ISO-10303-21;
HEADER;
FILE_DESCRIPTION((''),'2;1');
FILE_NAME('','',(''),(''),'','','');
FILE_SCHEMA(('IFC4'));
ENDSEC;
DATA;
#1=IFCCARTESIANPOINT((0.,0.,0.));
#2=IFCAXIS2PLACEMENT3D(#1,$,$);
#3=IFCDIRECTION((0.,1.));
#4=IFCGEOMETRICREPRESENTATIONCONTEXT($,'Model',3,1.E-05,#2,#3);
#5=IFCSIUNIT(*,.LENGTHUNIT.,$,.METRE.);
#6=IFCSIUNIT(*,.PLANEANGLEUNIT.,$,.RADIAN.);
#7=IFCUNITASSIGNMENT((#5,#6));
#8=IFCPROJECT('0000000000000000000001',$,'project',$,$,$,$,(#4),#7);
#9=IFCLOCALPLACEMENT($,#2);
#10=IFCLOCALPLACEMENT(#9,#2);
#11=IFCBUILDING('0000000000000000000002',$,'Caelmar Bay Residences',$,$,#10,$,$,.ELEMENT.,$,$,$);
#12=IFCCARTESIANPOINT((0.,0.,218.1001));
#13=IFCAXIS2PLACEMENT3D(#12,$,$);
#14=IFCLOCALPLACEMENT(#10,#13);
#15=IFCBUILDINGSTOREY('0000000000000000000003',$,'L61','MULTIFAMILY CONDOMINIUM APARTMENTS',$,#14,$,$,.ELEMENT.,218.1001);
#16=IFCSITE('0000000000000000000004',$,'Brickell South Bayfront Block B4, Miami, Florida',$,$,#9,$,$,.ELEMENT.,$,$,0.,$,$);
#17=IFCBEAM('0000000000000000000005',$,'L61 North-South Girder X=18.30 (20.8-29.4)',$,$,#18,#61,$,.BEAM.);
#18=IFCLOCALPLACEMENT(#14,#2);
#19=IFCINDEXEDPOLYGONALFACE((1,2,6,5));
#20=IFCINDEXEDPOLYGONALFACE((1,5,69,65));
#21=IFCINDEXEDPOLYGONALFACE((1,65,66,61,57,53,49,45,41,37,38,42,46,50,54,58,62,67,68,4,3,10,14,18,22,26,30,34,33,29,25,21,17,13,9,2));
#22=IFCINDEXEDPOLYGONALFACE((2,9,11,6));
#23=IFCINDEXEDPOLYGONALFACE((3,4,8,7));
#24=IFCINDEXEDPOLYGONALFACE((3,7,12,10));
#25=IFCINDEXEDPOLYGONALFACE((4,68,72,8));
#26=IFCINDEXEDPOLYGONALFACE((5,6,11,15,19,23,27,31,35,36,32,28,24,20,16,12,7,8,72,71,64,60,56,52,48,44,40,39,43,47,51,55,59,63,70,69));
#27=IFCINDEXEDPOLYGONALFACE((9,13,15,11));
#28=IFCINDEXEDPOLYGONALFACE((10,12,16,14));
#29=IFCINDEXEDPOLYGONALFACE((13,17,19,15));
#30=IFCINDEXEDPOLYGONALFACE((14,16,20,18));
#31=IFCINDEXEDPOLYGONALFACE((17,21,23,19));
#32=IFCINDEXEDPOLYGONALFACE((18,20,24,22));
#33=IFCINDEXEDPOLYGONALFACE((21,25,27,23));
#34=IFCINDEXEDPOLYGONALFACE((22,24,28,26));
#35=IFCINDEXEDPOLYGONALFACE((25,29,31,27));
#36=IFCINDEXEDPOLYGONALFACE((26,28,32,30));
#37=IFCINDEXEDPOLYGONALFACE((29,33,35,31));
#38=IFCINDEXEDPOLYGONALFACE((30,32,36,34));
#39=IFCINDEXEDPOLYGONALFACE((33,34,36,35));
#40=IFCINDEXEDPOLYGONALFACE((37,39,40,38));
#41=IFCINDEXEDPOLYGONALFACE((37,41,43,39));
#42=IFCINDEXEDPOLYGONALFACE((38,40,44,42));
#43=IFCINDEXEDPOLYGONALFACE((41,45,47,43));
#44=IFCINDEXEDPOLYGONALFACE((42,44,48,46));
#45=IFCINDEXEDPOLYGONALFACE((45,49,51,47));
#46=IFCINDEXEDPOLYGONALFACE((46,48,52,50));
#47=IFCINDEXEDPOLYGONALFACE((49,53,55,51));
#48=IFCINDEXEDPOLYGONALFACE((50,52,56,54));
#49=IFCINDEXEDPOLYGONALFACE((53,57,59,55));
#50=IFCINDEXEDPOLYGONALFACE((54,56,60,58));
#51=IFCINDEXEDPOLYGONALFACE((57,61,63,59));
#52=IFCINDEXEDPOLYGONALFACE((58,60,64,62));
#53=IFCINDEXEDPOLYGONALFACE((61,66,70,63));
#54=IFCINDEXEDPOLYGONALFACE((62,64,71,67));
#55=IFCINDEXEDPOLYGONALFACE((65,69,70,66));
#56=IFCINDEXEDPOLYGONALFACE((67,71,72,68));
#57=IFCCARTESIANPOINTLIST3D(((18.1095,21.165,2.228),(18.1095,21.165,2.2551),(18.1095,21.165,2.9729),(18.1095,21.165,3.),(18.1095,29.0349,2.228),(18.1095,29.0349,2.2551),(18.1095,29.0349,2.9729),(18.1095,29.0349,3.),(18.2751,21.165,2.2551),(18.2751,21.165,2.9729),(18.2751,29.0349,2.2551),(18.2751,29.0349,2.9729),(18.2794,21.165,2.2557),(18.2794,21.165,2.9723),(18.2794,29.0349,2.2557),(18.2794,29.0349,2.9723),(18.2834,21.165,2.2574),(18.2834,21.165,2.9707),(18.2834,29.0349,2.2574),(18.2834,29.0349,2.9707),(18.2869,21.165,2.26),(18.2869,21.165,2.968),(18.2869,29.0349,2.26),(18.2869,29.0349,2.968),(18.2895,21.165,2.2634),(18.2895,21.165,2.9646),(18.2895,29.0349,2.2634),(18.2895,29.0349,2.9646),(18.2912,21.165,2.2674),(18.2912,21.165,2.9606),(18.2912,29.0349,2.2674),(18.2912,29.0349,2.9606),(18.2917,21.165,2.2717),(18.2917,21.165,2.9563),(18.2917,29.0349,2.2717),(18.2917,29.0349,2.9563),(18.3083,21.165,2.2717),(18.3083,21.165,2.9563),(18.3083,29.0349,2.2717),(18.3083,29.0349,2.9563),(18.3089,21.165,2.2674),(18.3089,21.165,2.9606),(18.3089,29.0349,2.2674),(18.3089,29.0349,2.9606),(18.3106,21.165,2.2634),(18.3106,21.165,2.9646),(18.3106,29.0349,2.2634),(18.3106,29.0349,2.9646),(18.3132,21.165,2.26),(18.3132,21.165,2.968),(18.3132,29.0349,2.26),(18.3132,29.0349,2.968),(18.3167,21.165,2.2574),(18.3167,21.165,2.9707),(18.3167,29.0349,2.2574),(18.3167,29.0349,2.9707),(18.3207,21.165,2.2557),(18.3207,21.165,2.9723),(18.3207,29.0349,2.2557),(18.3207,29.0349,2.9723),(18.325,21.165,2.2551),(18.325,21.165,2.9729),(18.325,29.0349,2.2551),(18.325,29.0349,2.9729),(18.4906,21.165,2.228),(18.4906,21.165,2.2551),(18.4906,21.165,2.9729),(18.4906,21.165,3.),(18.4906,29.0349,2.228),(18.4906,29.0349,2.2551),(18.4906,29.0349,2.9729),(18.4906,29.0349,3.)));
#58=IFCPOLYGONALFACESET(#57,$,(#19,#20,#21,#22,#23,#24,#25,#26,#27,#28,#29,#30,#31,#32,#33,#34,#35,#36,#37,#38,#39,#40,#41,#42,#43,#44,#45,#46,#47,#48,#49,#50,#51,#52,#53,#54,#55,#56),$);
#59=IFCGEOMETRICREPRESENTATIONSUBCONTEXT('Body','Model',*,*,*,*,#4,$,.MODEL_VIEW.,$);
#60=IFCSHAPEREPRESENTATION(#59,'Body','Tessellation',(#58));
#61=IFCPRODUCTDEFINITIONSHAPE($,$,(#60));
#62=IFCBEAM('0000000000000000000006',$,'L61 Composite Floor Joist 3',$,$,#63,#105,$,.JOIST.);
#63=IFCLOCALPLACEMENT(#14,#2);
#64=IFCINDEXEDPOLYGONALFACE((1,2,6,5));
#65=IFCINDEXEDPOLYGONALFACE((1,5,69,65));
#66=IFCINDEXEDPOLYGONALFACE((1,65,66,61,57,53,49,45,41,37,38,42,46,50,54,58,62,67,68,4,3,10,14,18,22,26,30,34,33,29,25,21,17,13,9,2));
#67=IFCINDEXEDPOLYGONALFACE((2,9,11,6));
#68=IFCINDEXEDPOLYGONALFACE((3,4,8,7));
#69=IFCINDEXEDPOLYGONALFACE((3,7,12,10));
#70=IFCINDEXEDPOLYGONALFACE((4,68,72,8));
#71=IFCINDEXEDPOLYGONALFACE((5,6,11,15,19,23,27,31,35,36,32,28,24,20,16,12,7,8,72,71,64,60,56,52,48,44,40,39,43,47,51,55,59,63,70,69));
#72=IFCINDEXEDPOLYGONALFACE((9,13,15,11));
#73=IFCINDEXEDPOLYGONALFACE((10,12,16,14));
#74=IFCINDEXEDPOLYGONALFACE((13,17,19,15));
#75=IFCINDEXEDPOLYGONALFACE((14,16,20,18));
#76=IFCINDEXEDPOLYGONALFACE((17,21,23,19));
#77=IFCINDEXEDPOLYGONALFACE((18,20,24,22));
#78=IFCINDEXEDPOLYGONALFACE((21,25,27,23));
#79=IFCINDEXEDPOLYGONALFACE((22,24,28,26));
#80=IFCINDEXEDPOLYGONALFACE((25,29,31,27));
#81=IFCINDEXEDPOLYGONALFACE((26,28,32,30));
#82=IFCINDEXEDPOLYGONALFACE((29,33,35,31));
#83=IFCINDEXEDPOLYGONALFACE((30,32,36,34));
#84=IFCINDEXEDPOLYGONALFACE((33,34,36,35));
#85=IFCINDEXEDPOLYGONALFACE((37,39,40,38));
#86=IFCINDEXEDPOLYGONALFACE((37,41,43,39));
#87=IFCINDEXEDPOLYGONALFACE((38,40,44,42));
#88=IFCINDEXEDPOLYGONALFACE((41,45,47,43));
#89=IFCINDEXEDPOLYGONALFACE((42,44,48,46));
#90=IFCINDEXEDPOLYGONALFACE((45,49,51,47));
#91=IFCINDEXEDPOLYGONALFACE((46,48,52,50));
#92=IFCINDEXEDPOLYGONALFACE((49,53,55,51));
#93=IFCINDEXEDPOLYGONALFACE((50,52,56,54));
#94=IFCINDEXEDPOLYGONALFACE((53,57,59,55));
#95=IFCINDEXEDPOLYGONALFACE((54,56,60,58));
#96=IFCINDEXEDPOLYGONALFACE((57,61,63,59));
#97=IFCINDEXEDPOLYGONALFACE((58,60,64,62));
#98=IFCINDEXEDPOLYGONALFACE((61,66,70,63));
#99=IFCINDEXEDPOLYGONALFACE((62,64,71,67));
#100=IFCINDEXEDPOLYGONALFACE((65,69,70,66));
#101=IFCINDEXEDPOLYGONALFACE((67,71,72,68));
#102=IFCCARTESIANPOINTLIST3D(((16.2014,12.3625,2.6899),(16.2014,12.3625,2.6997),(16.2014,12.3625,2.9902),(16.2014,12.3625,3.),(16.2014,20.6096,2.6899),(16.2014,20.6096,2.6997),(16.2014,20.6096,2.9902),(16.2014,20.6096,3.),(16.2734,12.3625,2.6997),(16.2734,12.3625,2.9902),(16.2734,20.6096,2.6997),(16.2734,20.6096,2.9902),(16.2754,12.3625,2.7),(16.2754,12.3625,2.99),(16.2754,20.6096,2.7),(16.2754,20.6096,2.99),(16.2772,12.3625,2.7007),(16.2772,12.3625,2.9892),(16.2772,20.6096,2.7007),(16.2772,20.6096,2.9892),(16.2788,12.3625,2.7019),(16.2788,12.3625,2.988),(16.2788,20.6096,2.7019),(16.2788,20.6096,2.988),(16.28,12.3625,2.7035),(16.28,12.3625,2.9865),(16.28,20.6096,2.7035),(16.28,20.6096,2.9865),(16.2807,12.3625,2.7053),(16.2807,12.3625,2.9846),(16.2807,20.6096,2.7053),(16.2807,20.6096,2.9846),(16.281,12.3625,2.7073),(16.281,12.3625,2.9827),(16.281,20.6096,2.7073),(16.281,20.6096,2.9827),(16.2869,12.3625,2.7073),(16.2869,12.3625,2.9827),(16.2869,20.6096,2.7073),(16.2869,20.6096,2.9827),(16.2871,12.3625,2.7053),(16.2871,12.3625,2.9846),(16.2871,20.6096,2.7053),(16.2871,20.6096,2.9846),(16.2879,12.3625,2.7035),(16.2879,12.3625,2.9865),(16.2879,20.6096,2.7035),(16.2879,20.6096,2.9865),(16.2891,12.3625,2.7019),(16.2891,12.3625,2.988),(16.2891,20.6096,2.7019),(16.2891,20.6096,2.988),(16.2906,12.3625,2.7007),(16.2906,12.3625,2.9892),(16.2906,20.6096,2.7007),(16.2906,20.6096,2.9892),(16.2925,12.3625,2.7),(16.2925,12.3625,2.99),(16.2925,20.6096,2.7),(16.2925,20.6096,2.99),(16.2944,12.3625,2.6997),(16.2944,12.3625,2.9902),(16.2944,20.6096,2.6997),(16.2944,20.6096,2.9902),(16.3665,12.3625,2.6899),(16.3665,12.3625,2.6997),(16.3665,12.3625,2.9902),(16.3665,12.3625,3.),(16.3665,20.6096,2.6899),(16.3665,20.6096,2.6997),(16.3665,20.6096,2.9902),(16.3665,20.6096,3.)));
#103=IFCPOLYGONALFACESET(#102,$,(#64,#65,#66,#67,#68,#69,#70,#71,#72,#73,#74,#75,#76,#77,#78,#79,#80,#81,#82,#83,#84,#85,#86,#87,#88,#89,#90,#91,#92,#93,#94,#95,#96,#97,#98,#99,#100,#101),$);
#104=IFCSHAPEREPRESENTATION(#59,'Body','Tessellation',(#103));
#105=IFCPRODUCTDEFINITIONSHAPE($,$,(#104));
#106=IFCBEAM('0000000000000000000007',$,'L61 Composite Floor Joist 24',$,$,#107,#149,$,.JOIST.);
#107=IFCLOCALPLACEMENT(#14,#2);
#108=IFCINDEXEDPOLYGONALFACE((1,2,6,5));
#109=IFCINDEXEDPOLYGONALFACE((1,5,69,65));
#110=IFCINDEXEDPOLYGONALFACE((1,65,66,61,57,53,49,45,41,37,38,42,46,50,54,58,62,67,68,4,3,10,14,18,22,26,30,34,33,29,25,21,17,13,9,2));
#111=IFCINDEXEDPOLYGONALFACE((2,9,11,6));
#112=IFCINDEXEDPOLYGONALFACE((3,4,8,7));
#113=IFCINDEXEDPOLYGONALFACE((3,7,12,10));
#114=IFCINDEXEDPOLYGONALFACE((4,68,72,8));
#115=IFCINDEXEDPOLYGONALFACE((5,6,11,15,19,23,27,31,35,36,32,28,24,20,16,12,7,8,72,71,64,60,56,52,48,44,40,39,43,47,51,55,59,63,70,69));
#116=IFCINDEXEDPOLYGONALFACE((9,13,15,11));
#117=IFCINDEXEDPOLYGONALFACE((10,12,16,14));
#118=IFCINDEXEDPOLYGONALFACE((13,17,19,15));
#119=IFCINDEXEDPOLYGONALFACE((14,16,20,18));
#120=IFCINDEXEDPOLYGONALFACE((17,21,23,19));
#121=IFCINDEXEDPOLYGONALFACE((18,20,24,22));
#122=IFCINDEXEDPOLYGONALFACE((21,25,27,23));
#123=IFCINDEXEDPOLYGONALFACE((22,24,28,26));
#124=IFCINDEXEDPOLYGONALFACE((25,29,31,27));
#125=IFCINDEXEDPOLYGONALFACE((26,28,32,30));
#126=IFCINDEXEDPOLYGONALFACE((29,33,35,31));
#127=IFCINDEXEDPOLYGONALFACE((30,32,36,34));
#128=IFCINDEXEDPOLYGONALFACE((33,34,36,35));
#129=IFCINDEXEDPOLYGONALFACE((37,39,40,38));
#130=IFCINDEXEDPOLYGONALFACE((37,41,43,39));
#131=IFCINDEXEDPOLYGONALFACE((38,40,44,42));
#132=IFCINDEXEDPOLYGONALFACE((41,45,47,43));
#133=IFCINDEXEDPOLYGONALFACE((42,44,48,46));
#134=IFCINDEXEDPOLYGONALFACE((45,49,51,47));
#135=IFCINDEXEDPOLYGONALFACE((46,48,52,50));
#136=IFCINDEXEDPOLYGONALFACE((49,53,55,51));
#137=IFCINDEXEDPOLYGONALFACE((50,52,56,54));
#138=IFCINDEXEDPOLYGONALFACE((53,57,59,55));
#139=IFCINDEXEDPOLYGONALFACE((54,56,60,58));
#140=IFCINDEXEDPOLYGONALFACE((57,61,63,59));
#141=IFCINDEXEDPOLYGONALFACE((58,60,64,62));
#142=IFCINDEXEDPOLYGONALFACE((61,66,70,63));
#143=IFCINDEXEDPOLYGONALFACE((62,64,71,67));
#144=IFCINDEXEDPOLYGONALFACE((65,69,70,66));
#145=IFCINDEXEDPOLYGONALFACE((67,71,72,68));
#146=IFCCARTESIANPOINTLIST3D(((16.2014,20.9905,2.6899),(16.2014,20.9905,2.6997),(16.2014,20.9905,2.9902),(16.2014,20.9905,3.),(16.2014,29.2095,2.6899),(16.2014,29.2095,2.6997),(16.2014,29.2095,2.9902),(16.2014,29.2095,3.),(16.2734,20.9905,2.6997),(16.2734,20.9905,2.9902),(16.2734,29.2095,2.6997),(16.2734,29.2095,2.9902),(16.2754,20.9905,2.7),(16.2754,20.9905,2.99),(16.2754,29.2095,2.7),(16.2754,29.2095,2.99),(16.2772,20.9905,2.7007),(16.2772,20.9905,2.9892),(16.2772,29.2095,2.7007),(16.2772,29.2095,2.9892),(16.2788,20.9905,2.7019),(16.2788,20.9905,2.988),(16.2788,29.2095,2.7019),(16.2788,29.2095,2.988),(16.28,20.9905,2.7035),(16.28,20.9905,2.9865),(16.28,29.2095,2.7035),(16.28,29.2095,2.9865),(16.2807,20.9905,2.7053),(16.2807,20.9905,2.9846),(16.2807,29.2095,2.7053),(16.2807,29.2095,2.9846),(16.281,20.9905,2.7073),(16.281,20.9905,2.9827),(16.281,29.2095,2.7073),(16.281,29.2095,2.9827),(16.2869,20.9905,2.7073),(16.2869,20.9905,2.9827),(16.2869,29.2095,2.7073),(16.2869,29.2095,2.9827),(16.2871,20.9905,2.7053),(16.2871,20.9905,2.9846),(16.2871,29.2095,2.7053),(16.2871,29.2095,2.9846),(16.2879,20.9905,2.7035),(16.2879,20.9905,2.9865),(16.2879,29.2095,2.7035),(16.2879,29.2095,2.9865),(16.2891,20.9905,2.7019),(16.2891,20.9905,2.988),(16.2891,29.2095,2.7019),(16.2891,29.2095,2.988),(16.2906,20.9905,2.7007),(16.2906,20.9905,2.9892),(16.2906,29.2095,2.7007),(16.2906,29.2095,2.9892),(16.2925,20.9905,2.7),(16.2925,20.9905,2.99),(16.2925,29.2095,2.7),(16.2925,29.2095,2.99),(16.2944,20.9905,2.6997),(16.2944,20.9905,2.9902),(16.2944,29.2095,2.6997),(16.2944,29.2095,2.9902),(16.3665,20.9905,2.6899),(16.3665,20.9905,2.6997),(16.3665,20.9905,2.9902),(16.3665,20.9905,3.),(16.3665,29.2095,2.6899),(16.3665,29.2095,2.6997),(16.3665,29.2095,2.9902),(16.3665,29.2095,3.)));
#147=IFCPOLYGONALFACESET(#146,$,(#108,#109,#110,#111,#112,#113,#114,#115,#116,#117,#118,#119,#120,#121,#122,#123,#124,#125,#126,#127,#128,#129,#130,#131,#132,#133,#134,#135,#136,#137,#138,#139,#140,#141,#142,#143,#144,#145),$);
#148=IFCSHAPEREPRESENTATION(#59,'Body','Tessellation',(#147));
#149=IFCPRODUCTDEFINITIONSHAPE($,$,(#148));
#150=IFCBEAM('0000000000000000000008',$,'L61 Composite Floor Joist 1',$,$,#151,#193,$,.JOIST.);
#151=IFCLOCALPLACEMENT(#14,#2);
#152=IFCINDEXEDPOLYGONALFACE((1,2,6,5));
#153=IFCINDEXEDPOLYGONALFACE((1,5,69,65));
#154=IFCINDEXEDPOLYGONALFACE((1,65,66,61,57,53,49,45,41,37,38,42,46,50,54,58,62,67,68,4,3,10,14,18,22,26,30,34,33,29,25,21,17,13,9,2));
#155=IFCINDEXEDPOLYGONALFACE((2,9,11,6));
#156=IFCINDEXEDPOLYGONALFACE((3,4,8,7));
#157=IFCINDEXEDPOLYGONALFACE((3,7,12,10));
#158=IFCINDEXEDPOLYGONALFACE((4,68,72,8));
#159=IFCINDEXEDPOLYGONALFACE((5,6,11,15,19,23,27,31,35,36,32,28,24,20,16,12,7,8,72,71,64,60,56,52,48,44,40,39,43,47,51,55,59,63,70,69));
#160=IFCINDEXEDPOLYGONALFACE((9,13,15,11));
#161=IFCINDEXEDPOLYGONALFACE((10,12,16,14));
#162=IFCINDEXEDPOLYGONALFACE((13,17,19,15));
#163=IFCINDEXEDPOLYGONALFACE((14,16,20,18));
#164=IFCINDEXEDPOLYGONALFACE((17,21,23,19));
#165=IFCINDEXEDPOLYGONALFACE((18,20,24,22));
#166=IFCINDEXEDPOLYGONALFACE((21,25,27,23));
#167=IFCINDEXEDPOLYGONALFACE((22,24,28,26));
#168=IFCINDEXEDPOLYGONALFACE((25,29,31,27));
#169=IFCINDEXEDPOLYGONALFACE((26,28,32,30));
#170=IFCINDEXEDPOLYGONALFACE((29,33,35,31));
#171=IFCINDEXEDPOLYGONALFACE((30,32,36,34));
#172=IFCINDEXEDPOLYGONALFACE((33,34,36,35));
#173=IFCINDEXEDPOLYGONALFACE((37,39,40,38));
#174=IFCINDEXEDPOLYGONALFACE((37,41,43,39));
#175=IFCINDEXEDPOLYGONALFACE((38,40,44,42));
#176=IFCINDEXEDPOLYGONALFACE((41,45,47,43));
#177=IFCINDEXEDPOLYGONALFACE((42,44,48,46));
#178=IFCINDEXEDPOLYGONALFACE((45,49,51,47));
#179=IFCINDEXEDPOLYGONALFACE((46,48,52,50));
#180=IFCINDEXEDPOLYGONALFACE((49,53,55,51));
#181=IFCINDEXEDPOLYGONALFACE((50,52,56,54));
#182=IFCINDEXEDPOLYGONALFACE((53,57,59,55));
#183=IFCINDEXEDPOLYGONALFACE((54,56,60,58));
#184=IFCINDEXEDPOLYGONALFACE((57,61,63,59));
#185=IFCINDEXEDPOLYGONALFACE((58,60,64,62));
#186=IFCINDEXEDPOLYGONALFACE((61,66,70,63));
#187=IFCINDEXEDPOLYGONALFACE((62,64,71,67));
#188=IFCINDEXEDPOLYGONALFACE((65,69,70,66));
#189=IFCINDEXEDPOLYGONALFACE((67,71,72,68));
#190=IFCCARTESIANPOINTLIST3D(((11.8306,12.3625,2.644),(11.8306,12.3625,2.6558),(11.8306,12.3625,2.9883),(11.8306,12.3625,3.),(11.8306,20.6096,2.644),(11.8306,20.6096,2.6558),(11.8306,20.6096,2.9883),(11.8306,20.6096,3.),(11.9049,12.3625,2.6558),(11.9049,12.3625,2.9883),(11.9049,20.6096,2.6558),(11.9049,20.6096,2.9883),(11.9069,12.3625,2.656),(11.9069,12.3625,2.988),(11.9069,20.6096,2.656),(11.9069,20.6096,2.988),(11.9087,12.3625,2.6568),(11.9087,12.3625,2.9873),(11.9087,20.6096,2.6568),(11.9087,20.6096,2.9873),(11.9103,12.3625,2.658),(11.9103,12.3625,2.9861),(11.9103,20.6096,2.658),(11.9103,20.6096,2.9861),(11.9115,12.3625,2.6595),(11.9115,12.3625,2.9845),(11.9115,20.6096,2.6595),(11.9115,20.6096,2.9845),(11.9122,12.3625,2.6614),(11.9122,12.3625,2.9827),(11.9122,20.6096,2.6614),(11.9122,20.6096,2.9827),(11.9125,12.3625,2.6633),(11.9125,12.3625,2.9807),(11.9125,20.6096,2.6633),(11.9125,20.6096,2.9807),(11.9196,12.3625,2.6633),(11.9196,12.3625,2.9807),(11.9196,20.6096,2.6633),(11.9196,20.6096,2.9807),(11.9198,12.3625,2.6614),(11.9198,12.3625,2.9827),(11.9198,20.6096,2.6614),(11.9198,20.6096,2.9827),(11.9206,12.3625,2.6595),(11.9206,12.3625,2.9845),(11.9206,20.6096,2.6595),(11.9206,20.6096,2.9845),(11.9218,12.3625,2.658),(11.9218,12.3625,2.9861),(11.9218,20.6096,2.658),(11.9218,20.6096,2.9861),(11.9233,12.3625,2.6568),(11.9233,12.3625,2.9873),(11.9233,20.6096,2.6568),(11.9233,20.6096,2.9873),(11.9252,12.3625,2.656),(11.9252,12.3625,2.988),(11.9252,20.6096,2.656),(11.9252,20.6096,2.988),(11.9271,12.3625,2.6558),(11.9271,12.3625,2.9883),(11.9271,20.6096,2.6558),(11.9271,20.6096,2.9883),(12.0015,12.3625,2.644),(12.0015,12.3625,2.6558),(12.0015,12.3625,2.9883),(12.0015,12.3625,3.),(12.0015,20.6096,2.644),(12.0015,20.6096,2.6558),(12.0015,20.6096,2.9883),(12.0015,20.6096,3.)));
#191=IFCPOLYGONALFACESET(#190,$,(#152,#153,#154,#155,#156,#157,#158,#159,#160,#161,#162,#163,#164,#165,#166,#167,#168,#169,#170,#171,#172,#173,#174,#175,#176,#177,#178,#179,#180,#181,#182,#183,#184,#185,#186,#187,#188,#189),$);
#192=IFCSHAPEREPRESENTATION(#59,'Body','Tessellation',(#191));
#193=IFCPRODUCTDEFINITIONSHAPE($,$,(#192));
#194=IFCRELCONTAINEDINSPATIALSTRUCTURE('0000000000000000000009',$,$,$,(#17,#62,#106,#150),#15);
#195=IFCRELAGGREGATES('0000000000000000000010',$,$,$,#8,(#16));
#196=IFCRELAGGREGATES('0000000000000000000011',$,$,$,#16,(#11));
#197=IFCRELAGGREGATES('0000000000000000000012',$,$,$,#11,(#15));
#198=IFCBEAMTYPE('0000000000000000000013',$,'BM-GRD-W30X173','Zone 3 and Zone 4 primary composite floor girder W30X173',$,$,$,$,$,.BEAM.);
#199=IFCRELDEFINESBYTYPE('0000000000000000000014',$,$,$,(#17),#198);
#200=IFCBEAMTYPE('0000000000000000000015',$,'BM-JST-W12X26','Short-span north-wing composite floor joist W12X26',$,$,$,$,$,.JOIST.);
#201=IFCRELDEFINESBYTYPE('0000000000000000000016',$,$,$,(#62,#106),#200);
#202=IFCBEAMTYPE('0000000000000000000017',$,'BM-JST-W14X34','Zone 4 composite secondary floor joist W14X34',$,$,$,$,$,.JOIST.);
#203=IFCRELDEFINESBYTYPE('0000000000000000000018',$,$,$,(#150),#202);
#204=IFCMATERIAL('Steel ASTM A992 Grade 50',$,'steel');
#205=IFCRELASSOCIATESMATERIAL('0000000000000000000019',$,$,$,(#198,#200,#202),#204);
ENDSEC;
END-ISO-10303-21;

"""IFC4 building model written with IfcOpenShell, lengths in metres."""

from ifc_helpers import new_model, si_unit, direction, frame, origin, origin_2d, place, context, subcontext, project, spatial, i_section, extrude, material, material_profile, profile_set, type_object, element, save


model = new_model("IFC4")

# Units and contexts
model_context = context("Model", 3, precision=1e-05, world=origin(), true_north=direction((0.0, 1.0)))
body_context = subcontext(model_context, "Body", "Model", "MODEL_VIEW")
ifc_project = project(units=[si_unit("LENGTHUNIT", "METRE"), si_unit("PLANEANGLEUNIT", "RADIAN")], contexts=[model_context])

# Site, building, storey
site_placement = place(None, origin())
site = spatial("IfcSite", under=ifc_project, at=site_placement, Name="Brickell South Bayfront Block B4, Miami, Florida", CompositionType="ELEMENT", RefElevation=0.0)
building_placement = place(site_placement, origin())
building = spatial("IfcBuilding", under=site, at=building_placement, Name="Caelmar Bay Residences", CompositionType="ELEMENT")
storey_placement = place(building_placement, frame((0.0, 0.0, 218.1001)))
storey = spatial("IfcBuildingStorey", under=building, at=storey_placement, Name="L61", Description="MULTIFAMILY CONDOMINIUM APARTMENTS", CompositionType="ELEMENT", Elevation=218.1001)

# Beams
ifc_material_1 = material(Name="Steel ASTM A992 Grade 50", Category="steel")
ifc_material_profile_1 = material_profile(ifc_material_1, i_section(OverallWidth=0.3811, OverallDepth=0.772, WebThickness=0.0166, FlangeThickness=0.0271, FilletRadius=0.0166, at=origin_2d()), Name="W30X173")
ifc_profile_set_1 = profile_set([ifc_material_profile_1], Name="Steel ASTM A992 Grade 50")
beam_type_1 = type_object("IfcBeamType", Name="BM-GRD-W30X173", Description="Zone 3 and Zone 4 primary composite floor girder W30X173", PredefinedType="BEAM", material=ifc_profile_set_1)
beam_1_placement = place(storey_placement, frame((18.3, 21.165, 2.614), z_axis=(0.0, 1.0, 0.0), x_axis=(-1.0, 0.0, 0.0)))
element("IfcBeam", 1, at=beam_1_placement, inside=storey, type_object=beam_type_1, Name="L61 North-South Girder X=18.30 (20.8-29.4)", PredefinedType="BEAM", context=body_context, shape_type="SweptSolid", body=[
    extrude(i_section(OverallWidth=0.3811, OverallDepth=0.772, WebThickness=0.0166, FlangeThickness=0.0271, FilletRadius=0.0166, at=origin_2d()), origin(), (0.0, 0.0, 1.0), 7.8699),
])
ifc_material_profile_2 = material_profile(ifc_material_1, i_section(OverallWidth=0.165, OverallDepth=0.3101, WebThickness=0.0059, FlangeThickness=0.0098, FilletRadius=0.0076, at=origin_2d()), Name="W12X26")
ifc_profile_set_2 = profile_set([ifc_material_profile_2], Name="Steel ASTM A992 Grade 50")
beam_type_2 = type_object("IfcBeamType", Name="BM-JST-W12X26", Description="Short-span north-wing composite floor joist W12X26", PredefinedType="JOIST", material=ifc_profile_set_2)
beam_2_placement = place(storey_placement, frame((16.2839, 12.3625, 2.845), z_axis=(0.0, 1.0, 0.0), x_axis=(-1.0, 0.0, 0.0)))
element("IfcBeam", 2, at=beam_2_placement, inside=storey, type_object=beam_type_2, Name="L61 Composite Floor Joist 3", PredefinedType="JOIST", context=body_context, shape_type="SweptSolid", body=[
    extrude(i_section(OverallWidth=0.165, OverallDepth=0.3101, WebThickness=0.0059, FlangeThickness=0.0098, FilletRadius=0.0076, at=origin_2d()), origin(), (0.0, 0.0, 1.0), 8.2471),
])
beam_3_placement = place(storey_placement, frame((16.2839, 20.9905, 2.845), z_axis=(0.0, 1.0, 0.0), x_axis=(-1.0, 0.0, 0.0)))
element("IfcBeam", 3, at=beam_3_placement, inside=storey, type_object=beam_type_2, Name="L61 Composite Floor Joist 24", PredefinedType="JOIST", context=body_context, shape_type="SweptSolid", body=[
    extrude(i_section(OverallWidth=0.165, OverallDepth=0.3101, WebThickness=0.0059, FlangeThickness=0.0098, FilletRadius=0.0076, at=origin_2d()), origin(), (0.0, 0.0, 1.0), 8.219),
])
ifc_material_profile_3 = material_profile(ifc_material_1, i_section(OverallWidth=0.1709, OverallDepth=0.356, WebThickness=0.0071, FlangeThickness=0.0117, FilletRadius=0.0076, at=origin_2d()), Name="W14X34")
ifc_profile_set_3 = profile_set([ifc_material_profile_3], Name="Steel ASTM A992 Grade 50")
beam_type_3 = type_object("IfcBeamType", Name="BM-JST-W14X34", Description="Zone 4 composite secondary floor joist W14X34", PredefinedType="JOIST", material=ifc_profile_set_3)
for number, where, z_axis, x_axis, name in (
    (4, (11.916, 12.3625, 2.822), (0.0, 1.0, 0.0), (-1.0, 0.0, 0.0), "L61 Composite Floor Joist 1"),
):
    element("IfcBeam", number, at=place(storey_placement, frame(where, z_axis=z_axis, x_axis=x_axis)), inside=storey, type_object=beam_type_3, Name=name, PredefinedType="JOIST", context=body_context, shape_type="SweptSolid", body=[
        extrude(i_section(OverallWidth=0.1709, OverallDepth=0.356, WebThickness=0.0071, FlangeThickness=0.0117, FilletRadius=0.0076, at=origin_2d()), origin(), (0.0, 0.0, 1.0), 8.2471),
    ])

save(model, "model.ifc")
